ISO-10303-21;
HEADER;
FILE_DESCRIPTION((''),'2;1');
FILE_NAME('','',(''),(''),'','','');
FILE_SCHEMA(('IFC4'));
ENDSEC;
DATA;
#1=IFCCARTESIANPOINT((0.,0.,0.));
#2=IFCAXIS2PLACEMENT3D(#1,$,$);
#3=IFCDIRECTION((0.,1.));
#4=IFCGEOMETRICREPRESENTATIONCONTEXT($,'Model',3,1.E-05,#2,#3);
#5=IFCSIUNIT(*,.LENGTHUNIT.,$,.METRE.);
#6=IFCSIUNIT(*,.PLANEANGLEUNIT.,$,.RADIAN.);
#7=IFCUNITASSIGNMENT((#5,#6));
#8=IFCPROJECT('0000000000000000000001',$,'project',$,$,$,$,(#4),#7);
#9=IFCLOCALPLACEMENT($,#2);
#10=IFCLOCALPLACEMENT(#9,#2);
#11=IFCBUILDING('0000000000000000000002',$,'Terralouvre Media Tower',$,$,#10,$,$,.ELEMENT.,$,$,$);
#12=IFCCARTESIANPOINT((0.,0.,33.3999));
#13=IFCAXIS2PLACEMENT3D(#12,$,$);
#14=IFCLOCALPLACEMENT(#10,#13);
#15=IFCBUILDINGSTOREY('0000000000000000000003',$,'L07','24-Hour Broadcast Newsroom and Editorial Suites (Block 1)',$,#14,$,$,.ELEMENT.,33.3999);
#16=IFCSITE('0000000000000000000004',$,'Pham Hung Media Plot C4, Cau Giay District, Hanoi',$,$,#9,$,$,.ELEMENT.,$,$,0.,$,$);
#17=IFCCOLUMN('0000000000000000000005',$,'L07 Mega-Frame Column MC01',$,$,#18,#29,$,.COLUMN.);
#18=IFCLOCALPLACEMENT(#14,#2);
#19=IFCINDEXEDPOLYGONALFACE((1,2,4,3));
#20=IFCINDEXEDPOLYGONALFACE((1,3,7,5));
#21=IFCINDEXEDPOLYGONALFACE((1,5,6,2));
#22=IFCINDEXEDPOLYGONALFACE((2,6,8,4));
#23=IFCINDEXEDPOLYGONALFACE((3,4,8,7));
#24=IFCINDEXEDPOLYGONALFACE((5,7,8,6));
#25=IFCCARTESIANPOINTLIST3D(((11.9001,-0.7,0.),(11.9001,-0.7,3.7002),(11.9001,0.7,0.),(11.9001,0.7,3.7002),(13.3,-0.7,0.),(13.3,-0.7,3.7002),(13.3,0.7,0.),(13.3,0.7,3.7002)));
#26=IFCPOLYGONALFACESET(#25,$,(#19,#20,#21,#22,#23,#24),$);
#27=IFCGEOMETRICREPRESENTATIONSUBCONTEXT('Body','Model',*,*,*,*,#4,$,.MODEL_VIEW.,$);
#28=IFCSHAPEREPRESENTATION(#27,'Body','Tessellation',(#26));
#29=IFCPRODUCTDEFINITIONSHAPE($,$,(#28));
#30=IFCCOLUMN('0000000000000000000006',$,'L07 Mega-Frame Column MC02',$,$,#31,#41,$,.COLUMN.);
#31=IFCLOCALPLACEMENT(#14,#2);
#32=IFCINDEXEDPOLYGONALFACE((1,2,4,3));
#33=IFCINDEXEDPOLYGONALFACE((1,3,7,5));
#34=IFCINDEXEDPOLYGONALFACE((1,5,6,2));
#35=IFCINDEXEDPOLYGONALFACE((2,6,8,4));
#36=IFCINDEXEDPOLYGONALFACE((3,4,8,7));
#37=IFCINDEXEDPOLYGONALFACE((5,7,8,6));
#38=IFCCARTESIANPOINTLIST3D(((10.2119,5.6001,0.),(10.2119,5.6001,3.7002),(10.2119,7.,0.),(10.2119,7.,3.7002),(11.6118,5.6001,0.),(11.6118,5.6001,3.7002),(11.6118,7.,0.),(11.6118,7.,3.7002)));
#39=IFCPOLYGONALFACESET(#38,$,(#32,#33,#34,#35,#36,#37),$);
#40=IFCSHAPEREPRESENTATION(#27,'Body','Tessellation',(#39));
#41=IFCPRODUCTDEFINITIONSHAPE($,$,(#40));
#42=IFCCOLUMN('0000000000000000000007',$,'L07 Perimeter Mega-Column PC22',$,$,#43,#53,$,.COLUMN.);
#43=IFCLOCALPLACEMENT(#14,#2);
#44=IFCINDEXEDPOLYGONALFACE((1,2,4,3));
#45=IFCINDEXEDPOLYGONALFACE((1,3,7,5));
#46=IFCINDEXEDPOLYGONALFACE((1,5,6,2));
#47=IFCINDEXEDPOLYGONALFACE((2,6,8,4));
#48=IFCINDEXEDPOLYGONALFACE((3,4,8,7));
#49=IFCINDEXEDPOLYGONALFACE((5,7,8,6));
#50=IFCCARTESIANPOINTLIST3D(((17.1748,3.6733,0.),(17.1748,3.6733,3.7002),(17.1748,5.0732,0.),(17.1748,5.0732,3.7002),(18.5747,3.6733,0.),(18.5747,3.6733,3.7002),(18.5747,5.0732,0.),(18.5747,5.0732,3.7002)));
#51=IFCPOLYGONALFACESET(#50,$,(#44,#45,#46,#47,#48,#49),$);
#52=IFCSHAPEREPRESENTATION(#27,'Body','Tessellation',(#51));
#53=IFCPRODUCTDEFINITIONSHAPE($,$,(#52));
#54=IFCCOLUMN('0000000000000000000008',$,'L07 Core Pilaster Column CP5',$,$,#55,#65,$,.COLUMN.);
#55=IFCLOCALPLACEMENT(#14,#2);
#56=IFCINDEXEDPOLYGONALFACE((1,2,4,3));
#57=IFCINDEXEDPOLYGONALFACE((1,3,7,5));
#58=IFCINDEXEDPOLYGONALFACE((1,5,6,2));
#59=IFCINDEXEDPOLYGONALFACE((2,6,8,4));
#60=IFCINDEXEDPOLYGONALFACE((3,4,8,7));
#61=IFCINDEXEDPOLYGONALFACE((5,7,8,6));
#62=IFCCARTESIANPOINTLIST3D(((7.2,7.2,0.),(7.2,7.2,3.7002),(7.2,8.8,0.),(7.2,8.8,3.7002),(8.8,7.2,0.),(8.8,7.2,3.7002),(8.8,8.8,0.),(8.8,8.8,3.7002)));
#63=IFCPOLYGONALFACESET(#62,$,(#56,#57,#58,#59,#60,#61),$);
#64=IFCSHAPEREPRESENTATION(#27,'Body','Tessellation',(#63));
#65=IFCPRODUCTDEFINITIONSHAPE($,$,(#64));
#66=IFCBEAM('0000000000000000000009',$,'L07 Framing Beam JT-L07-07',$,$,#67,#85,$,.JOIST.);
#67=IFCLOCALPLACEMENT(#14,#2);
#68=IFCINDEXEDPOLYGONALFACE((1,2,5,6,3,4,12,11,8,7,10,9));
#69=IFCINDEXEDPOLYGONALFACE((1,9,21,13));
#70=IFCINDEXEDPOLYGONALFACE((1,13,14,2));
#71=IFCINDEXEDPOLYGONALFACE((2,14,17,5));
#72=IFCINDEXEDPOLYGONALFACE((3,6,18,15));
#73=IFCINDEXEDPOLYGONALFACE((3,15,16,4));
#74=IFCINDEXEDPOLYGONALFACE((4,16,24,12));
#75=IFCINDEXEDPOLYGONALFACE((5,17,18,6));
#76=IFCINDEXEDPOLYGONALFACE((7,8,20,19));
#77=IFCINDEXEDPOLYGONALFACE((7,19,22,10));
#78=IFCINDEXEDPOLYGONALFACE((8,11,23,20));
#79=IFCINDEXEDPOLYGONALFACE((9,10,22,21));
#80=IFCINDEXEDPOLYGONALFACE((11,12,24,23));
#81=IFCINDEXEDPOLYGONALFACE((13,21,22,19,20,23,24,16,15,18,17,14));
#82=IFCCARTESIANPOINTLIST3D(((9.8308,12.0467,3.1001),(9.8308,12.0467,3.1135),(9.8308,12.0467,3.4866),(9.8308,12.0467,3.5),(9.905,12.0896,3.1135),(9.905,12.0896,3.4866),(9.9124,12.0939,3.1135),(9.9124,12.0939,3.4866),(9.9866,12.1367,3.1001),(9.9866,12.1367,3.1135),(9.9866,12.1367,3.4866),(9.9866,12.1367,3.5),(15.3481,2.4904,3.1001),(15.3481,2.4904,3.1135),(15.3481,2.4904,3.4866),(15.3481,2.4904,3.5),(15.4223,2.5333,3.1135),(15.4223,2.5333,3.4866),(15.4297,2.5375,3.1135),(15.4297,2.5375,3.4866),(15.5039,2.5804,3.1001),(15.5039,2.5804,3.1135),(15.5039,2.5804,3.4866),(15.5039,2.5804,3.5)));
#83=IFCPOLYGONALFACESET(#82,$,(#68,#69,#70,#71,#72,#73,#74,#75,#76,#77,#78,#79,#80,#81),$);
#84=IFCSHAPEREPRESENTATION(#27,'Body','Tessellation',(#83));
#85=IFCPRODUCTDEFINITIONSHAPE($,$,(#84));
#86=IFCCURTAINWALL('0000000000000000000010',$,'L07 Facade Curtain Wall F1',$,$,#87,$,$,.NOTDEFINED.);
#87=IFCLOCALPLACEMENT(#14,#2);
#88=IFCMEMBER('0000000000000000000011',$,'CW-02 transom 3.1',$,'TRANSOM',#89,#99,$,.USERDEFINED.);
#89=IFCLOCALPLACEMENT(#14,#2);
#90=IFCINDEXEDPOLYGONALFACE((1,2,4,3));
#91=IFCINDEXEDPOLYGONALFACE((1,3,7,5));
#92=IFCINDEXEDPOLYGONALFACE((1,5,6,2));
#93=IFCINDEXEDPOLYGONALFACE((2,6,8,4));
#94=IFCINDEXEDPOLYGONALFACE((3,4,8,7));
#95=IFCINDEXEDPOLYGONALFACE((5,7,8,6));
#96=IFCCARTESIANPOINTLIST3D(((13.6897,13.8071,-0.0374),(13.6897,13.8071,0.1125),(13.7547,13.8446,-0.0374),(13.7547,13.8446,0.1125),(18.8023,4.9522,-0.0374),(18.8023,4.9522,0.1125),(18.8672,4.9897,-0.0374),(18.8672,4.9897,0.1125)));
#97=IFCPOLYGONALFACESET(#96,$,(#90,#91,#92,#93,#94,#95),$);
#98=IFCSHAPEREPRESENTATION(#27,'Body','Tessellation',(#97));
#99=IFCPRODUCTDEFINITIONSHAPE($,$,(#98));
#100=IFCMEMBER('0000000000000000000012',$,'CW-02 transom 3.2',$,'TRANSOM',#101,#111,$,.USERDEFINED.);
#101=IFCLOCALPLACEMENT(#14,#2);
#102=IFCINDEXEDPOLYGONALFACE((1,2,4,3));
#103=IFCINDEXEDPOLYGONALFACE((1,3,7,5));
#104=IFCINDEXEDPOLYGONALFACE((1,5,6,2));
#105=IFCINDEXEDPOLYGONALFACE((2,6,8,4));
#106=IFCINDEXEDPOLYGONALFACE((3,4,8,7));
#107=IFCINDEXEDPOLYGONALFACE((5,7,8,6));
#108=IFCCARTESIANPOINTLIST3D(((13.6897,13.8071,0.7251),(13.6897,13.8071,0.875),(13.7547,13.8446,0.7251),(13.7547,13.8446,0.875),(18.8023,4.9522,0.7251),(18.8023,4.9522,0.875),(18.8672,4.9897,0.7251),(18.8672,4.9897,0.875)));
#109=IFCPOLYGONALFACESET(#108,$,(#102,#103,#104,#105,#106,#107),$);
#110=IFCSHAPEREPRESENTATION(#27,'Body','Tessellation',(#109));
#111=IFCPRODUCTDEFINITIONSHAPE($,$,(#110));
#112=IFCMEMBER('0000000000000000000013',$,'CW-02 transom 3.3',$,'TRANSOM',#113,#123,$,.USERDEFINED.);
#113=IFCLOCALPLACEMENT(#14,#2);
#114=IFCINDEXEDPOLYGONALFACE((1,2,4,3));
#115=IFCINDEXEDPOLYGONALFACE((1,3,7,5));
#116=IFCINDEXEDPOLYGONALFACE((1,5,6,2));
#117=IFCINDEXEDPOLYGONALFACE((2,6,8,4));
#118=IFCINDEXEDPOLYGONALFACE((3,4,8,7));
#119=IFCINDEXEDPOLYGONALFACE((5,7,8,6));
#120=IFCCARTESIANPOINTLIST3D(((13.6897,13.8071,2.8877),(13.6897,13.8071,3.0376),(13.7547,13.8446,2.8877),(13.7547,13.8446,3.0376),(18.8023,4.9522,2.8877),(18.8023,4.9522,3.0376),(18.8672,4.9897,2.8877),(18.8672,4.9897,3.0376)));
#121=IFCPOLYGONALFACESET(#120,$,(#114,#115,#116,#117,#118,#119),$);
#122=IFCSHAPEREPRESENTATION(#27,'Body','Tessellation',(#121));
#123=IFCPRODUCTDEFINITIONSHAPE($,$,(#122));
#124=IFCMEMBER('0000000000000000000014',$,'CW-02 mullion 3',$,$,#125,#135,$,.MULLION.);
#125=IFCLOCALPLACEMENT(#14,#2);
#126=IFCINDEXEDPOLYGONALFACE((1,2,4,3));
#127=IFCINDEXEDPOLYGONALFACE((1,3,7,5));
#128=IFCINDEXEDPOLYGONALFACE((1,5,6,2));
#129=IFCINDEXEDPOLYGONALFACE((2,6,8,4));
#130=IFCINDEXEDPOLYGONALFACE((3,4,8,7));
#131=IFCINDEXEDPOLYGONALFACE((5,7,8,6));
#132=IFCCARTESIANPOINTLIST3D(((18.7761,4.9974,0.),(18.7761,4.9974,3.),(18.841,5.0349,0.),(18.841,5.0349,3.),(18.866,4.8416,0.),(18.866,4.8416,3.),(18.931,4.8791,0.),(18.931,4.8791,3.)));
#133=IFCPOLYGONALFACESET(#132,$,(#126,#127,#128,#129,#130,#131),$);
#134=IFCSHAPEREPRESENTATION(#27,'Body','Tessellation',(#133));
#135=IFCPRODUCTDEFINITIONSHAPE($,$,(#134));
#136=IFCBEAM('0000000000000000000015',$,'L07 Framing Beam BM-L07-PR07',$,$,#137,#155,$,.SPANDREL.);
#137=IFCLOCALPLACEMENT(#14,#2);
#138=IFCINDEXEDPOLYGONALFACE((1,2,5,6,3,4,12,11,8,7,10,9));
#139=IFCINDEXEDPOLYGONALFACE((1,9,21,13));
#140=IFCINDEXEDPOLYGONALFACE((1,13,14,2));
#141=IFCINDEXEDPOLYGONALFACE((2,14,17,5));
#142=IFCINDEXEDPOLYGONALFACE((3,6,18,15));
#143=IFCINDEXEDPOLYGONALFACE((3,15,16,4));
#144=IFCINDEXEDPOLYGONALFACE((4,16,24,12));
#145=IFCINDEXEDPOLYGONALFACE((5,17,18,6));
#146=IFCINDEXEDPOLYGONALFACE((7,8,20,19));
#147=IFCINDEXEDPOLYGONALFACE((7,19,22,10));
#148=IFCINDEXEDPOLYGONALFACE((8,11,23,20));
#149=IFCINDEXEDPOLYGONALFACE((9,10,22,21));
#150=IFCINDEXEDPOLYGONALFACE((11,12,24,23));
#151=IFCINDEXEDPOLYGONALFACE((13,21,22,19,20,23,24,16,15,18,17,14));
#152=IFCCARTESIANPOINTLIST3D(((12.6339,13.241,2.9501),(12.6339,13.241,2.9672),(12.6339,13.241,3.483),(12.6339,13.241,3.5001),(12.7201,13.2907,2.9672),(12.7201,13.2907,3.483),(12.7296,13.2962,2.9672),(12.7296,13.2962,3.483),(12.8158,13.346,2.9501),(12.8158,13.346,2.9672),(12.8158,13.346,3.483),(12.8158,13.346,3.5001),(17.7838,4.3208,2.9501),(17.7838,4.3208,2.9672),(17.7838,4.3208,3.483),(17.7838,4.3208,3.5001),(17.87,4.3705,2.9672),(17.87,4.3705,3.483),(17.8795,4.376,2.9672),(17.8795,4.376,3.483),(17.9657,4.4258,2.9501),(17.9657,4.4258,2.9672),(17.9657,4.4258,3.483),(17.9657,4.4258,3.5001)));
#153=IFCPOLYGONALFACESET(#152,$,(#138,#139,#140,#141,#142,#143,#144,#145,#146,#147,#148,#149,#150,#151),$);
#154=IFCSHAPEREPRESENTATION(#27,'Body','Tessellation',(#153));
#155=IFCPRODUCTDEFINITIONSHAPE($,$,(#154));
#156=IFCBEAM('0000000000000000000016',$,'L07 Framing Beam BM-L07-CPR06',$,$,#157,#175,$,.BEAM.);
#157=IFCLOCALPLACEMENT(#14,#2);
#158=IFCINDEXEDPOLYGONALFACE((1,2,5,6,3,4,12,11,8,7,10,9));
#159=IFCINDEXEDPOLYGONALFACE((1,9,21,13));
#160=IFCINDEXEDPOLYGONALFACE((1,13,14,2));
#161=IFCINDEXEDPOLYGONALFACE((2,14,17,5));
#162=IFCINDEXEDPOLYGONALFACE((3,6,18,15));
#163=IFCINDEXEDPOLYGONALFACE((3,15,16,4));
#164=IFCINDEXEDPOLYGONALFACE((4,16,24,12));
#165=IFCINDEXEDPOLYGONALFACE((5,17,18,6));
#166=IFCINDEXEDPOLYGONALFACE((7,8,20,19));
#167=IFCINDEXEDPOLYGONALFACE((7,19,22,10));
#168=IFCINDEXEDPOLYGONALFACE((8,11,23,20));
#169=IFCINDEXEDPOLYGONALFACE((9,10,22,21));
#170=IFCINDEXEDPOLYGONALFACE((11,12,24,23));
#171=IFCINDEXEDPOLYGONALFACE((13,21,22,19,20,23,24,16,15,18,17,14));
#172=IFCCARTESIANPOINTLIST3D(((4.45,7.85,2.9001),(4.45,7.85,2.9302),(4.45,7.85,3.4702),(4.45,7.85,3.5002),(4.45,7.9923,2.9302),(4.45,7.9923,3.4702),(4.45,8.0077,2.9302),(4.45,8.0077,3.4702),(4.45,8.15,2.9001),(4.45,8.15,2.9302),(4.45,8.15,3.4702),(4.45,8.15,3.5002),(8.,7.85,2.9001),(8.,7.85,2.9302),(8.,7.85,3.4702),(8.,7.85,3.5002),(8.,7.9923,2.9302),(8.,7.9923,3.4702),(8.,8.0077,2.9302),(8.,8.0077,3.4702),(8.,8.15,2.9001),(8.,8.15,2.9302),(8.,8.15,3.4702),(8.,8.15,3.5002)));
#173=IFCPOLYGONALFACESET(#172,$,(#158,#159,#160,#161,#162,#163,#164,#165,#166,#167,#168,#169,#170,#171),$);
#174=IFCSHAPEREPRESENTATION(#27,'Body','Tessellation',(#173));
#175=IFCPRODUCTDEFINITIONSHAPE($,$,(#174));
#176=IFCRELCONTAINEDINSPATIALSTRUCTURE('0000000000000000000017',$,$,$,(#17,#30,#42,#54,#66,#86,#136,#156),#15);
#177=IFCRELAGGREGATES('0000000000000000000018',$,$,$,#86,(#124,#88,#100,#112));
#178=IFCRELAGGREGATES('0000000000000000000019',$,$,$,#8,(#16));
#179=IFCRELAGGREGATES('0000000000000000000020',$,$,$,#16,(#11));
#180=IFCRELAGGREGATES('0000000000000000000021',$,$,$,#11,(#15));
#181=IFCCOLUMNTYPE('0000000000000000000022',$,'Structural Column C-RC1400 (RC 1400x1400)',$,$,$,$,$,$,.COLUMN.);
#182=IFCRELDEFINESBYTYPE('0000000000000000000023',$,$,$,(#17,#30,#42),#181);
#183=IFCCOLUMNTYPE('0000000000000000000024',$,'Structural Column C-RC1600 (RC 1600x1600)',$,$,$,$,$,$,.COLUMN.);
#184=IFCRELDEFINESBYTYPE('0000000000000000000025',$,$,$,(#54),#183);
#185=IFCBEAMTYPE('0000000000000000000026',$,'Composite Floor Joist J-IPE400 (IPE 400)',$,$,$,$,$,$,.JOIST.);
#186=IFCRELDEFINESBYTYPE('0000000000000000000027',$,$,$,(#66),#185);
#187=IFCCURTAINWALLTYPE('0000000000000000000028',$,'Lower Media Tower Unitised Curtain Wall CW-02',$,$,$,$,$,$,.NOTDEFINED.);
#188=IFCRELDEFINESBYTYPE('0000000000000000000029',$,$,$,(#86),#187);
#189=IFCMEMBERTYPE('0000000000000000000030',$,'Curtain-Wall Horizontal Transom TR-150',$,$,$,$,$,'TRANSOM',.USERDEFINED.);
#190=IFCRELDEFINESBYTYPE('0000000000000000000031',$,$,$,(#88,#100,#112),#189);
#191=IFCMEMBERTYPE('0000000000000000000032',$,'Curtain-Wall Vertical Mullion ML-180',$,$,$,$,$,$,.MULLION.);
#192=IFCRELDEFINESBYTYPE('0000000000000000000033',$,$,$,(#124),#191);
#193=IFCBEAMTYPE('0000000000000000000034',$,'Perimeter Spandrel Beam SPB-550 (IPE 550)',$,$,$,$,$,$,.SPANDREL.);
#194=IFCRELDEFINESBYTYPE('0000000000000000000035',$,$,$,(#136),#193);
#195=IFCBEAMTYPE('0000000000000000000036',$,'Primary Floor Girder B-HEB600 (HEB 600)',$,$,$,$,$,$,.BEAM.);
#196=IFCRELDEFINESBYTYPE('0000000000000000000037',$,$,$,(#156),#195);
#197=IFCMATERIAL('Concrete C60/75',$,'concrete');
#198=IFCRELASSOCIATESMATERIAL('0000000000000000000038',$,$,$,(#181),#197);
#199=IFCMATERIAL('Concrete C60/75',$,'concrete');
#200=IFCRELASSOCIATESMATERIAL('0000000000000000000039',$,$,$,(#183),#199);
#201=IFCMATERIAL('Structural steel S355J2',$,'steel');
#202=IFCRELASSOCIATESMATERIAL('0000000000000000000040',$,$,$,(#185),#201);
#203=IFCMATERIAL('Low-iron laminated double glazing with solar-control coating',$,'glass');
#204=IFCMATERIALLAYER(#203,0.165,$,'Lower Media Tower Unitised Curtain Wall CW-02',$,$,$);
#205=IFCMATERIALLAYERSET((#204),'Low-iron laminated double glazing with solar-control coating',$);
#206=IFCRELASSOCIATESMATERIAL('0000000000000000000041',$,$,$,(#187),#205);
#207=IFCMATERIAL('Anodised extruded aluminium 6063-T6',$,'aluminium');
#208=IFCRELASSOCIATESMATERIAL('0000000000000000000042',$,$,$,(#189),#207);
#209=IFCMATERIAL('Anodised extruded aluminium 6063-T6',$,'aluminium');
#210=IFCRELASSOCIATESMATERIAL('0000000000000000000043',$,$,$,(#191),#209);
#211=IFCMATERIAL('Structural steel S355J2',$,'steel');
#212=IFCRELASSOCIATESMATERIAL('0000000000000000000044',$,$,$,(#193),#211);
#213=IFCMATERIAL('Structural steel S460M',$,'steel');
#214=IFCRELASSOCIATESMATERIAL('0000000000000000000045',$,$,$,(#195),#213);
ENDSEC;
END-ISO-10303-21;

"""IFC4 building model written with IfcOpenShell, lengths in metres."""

from ifc_helpers import new_model, si_unit, direction, frame, origin, origin_2d, place, context, subcontext, project, spatial, rectangle, i_section, extrude, material, layer, layer_set, material_profile, profile_set, type_object, element, aggregate, save


model = new_model("IFC4")

# Units and contexts
model_context = context("Model", 3, precision=1e-05, world=origin(), true_north=direction((0.0, 1.0)))
body_context = subcontext(model_context, "Body", "Model", "MODEL_VIEW")
ifc_project = project(units=[si_unit("LENGTHUNIT", "METRE"), si_unit("PLANEANGLEUNIT", "RADIAN")], contexts=[model_context])

# Site, building, storey
site_placement = place(None, origin())
site = spatial("IfcSite", under=ifc_project, at=site_placement, Name="Pham Hung Media Plot C4, Cau Giay District, Hanoi", CompositionType="ELEMENT", RefElevation=0.0)
building_placement = place(site_placement, origin())
building = spatial("IfcBuilding", under=site, at=building_placement, Name="Terralouvre Media Tower", CompositionType="ELEMENT")
storey_placement = place(building_placement, frame((0.0, 0.0, 33.3999)))
storey = spatial("IfcBuildingStorey", under=building, at=storey_placement, Name="L07", Description="24-Hour Broadcast Newsroom and Editorial Suites (Block 1)", CompositionType="ELEMENT", Elevation=33.3999)

# Columns
ifc_material_1 = material(Name="Concrete C60/75", Category="concrete")
ifc_material_profile_1 = material_profile(ifc_material_1, rectangle(XDim=1.3999, YDim=1.3999, at=origin_2d()), Name="RC 1400x1400")
ifc_profile_set_1 = profile_set([ifc_material_profile_1], Name="Concrete C60/75")
column_type_1 = type_object("IfcColumnType", Name="Structural Column C-RC1400 (RC 1400x1400)", PredefinedType="COLUMN", material=ifc_profile_set_1)
for number, where, z_axis, x_axis, name in (
    (1, (12.6001, 0.0, 0.0), (0.0, 0.0, 1.0), (1.0, 0.0, 0.0), "L07 Mega-Frame Column MC01"),
    (2, (10.9119, 6.3, 0.0), (0.0, 0.0, 1.0), (1.0, 0.0, 0.0), "L07 Mega-Frame Column MC02"),
    (3, (17.8748, 4.3733, 0.0), (0.0, 0.0, 1.0), (1.0, 0.0, 0.0), "L07 Perimeter Mega-Column PC22"),
):
    element("IfcColumn", number, at=place(storey_placement, frame(where, z_axis=z_axis, x_axis=x_axis)), inside=storey, type_object=column_type_1, Name=name, PredefinedType="COLUMN", context=body_context, shape_type="SweptSolid", body=[
        extrude(rectangle(XDim=1.3999, YDim=1.3999, at=origin_2d()), origin(), (0.0, 0.0, 1.0), 3.7002),
    ])
ifc_material_2 = material(Name="Concrete C60/75", Category="concrete")
ifc_material_profile_2 = material_profile(ifc_material_2, rectangle(XDim=1.6001, YDim=1.6001, at=origin_2d()), Name="RC 1600x1600")
ifc_profile_set_2 = profile_set([ifc_material_profile_2], Name="Concrete C60/75")
column_type_2 = type_object("IfcColumnType", Name="Structural Column C-RC1600 (RC 1600x1600)", PredefinedType="COLUMN", material=ifc_profile_set_2)
column_placement = place(storey_placement, frame((8.0, 8.0, 0.0), z_axis=(0.0, 0.0, 1.0), x_axis=(1.0, 0.0, 0.0)))
element("IfcColumn", 4, at=column_placement, inside=storey, type_object=column_type_2, Name="L07 Core Pilaster Column CP5", PredefinedType="COLUMN", context=body_context, shape_type="SweptSolid", body=[
    extrude(rectangle(XDim=1.6001, YDim=1.6001, at=origin_2d()), origin(), (0.0, 0.0, 1.0), 3.7002),
])

# Beam
ifc_material_3 = material(Name="Structural steel S355J2", Category="steel")
ifc_material_profile_3 = material_profile(ifc_material_3, i_section(OverallWidth=0.1799, OverallDepth=0.3999, WebThickness=0.0085, FlangeThickness=0.0134, at=origin_2d()), Name="IPE 400")
ifc_profile_set_3 = profile_set([ifc_material_profile_3], Name="Structural steel S355J2")
beam_type_1 = type_object("IfcBeamType", Name="Composite Floor Joist J-IPE400 (IPE 400)", PredefinedType="JOIST", material=ifc_profile_set_3)
beam_1_placement = place(storey_placement, frame((15.426, 2.5354, 3.3), z_axis=(-0.499996, 0.866028, 0.0), x_axis=(-0.866028, -0.499996, 0.0)))
element("IfcBeam", 5, at=beam_1_placement, inside=storey, type_object=beam_type_1, Name="L07 Framing Beam JT-L07-07", PredefinedType="JOIST", context=body_context, shape_type="SweptSolid", body=[
    extrude(i_section(OverallWidth=0.1799, OverallDepth=0.3999, WebThickness=0.0085, FlangeThickness=0.0134, at=origin_2d()), origin(), (0.0, 0.0, 1.0), 11.0347),
])

# Curtain wall, members
ifc_material_4 = material(Name="Low-iron laminated double glazing with solar-control coating", Category="glass")
ifc_layer_1 = layer(ifc_material_4, 0.165, Name="Lower Media Tower Unitised Curtain Wall CW-02")
ifc_layer_set_1 = layer_set([ifc_layer_1], Name="Low-iron laminated double glazing with solar-control coating")
curtain_wall_type = type_object("IfcCurtainWallType", Name="Lower Media Tower Unitised Curtain Wall CW-02", PredefinedType="NOTDEFINED", material=ifc_layer_set_1)
curtain_wall_placement = place(storey_placement, origin())
curtain_wall = element("IfcCurtainWall", 6, at=curtain_wall_placement, inside=storey, type_object=curtain_wall_type, Name="L07 Facade Curtain Wall F1", PredefinedType="NOTDEFINED")
ifc_material_5 = material(Name="Anodised extruded aluminium 6063-T6", Category="aluminium")
ifc_material_profile_4 = material_profile(ifc_material_5, rectangle(XDim=0.075, YDim=0.1499, at=origin_2d()), Name="ALU 75x150")
ifc_profile_set_4 = profile_set([ifc_material_profile_4], Name="Anodised extruded aluminium 6063-T6")
member_type_1 = type_object("IfcMemberType", Name="Curtain-Wall Horizontal Transom TR-150", ElementType="TRANSOM", PredefinedType="USERDEFINED", material=ifc_profile_set_4)
member_1_placement = place(storey_placement, frame((18.8347, 4.9709, 0.0376), z_axis=(-0.500009, 0.86602, 0.0), x_axis=(-0.86602, -0.500009, 0.0)))
member_1 = element("IfcMember", 7, at=member_1_placement, type_object=member_type_1, Name="CW-02 transom 3.1", ObjectType="TRANSOM", PredefinedType="USERDEFINED", context=body_context, shape_type="SweptSolid", body=[
    extrude(rectangle(XDim=0.075, YDim=0.1499, at=origin_2d()), origin(), (0.0, 0.0, 1.0), 10.2249),
])
member_2_placement = place(storey_placement, frame((18.8347, 4.9709, 0.8), z_axis=(-0.500009, 0.86602, 0.0), x_axis=(-0.86602, -0.500009, 0.0)))
member_2 = element("IfcMember", 8, at=member_2_placement, type_object=member_type_1, Name="CW-02 transom 3.2", ObjectType="TRANSOM", PredefinedType="USERDEFINED", context=body_context, shape_type="SweptSolid", body=[
    extrude(rectangle(XDim=0.075, YDim=0.1499, at=origin_2d()), origin(), (0.0, 0.0, 1.0), 10.2249),
])
member_3_placement = place(storey_placement, frame((18.8347, 4.9709, 2.9626), z_axis=(-0.500009, 0.86602, 0.0), x_axis=(-0.86602, -0.500009, 0.0)))
member_3 = element("IfcMember", 9, at=member_3_placement, type_object=member_type_1, Name="CW-02 transom 3.3", ObjectType="TRANSOM", PredefinedType="USERDEFINED", context=body_context, shape_type="SweptSolid", body=[
    extrude(rectangle(XDim=0.075, YDim=0.1499, at=origin_2d()), origin(), (0.0, 0.0, 1.0), 10.2249),
])
ifc_material_6 = material(Name="Anodised extruded aluminium 6063-T6", Category="aluminium")
ifc_material_profile_5 = material_profile(ifc_material_6, rectangle(XDim=0.075, YDim=0.1799, at=origin_2d()), Name="ALU 75x180")
ifc_profile_set_5 = profile_set([ifc_material_profile_5], Name="Anodised extruded aluminium 6063-T6")
member_type_2 = type_object("IfcMemberType", Name="Curtain-Wall Vertical Mullion ML-180", PredefinedType="MULLION", material=ifc_profile_set_5)
member_4_placement = place(storey_placement, frame((18.8535, 4.9382, 0.0), z_axis=(0.0, 0.0, 1.0), x_axis=(-0.866025, -0.5, 0.0)))
member_4 = element("IfcMember", 10, at=member_4_placement, type_object=member_type_2, Name="CW-02 mullion 3", PredefinedType="MULLION", context=body_context, shape_type="SweptSolid", body=[
    extrude(rectangle(XDim=0.075, YDim=0.1799, at=origin_2d()), origin(), (0.0, 0.0, 1.0), 3.0),
])

# Beams
ifc_material_7 = material(Name="Structural steel S355J2", Category="steel")
ifc_material_profile_6 = material_profile(ifc_material_7, i_section(OverallWidth=0.21, OverallDepth=0.55, WebThickness=0.011, FlangeThickness=0.0171, at=origin_2d()), Name="IPE 550")
ifc_profile_set_6 = profile_set([ifc_material_profile_6], Name="Structural steel S355J2")
beam_type_2 = type_object("IfcBeamType", Name="Perimeter Spandrel Beam SPB-550 (IPE 550)", PredefinedType="SPANDREL", material=ifc_profile_set_6)
beam_2_placement = place(storey_placement, frame((17.8748, 4.3733, 3.2251), z_axis=(-0.499989, 0.866032, 0.0), x_axis=(-0.866032, -0.499989, 0.0)))
element("IfcBeam", 11, at=beam_2_placement, inside=storey, type_object=beam_type_2, Name="L07 Framing Beam BM-L07-PR07", PredefinedType="SPANDREL", context=body_context, shape_type="SweptSolid", body=[
    extrude(i_section(OverallWidth=0.21, OverallDepth=0.55, WebThickness=0.011, FlangeThickness=0.0171, at=origin_2d()), origin(), (0.0, 0.0, 1.0), 10.3),
])
ifc_material_8 = material(Name="Structural steel S460M", Category="steel")
ifc_material_profile_7 = material_profile(ifc_material_8, i_section(OverallWidth=0.3, OverallDepth=0.6001, WebThickness=0.0154, FlangeThickness=0.03, at=origin_2d()), Name="HEB 600")
ifc_profile_set_7 = profile_set([ifc_material_profile_7], Name="Structural steel S460M")
beam_type_3 = type_object("IfcBeamType", Name="Primary Floor Girder B-HEB600 (HEB 600)", PredefinedType="BEAM", material=ifc_profile_set_7)
beam_3_placement = place(storey_placement, frame((8.0, 8.0, 3.2002), z_axis=(-1.0, 0.0, 0.0), x_axis=(0.0, -1.0, 0.0)))
element("IfcBeam", 12, at=beam_3_placement, inside=storey, type_object=beam_type_3, Name="L07 Framing Beam BM-L07-CPR06", PredefinedType="BEAM", context=body_context, shape_type="SweptSolid", body=[
    extrude(i_section(OverallWidth=0.3, OverallDepth=0.6001, WebThickness=0.0154, FlangeThickness=0.03, at=origin_2d()), origin(), (0.0, 0.0, 1.0), 3.55),
])

aggregate(curtain_wall, [member_4, member_1, member_2, member_3])

save(model, "model.ifc")
